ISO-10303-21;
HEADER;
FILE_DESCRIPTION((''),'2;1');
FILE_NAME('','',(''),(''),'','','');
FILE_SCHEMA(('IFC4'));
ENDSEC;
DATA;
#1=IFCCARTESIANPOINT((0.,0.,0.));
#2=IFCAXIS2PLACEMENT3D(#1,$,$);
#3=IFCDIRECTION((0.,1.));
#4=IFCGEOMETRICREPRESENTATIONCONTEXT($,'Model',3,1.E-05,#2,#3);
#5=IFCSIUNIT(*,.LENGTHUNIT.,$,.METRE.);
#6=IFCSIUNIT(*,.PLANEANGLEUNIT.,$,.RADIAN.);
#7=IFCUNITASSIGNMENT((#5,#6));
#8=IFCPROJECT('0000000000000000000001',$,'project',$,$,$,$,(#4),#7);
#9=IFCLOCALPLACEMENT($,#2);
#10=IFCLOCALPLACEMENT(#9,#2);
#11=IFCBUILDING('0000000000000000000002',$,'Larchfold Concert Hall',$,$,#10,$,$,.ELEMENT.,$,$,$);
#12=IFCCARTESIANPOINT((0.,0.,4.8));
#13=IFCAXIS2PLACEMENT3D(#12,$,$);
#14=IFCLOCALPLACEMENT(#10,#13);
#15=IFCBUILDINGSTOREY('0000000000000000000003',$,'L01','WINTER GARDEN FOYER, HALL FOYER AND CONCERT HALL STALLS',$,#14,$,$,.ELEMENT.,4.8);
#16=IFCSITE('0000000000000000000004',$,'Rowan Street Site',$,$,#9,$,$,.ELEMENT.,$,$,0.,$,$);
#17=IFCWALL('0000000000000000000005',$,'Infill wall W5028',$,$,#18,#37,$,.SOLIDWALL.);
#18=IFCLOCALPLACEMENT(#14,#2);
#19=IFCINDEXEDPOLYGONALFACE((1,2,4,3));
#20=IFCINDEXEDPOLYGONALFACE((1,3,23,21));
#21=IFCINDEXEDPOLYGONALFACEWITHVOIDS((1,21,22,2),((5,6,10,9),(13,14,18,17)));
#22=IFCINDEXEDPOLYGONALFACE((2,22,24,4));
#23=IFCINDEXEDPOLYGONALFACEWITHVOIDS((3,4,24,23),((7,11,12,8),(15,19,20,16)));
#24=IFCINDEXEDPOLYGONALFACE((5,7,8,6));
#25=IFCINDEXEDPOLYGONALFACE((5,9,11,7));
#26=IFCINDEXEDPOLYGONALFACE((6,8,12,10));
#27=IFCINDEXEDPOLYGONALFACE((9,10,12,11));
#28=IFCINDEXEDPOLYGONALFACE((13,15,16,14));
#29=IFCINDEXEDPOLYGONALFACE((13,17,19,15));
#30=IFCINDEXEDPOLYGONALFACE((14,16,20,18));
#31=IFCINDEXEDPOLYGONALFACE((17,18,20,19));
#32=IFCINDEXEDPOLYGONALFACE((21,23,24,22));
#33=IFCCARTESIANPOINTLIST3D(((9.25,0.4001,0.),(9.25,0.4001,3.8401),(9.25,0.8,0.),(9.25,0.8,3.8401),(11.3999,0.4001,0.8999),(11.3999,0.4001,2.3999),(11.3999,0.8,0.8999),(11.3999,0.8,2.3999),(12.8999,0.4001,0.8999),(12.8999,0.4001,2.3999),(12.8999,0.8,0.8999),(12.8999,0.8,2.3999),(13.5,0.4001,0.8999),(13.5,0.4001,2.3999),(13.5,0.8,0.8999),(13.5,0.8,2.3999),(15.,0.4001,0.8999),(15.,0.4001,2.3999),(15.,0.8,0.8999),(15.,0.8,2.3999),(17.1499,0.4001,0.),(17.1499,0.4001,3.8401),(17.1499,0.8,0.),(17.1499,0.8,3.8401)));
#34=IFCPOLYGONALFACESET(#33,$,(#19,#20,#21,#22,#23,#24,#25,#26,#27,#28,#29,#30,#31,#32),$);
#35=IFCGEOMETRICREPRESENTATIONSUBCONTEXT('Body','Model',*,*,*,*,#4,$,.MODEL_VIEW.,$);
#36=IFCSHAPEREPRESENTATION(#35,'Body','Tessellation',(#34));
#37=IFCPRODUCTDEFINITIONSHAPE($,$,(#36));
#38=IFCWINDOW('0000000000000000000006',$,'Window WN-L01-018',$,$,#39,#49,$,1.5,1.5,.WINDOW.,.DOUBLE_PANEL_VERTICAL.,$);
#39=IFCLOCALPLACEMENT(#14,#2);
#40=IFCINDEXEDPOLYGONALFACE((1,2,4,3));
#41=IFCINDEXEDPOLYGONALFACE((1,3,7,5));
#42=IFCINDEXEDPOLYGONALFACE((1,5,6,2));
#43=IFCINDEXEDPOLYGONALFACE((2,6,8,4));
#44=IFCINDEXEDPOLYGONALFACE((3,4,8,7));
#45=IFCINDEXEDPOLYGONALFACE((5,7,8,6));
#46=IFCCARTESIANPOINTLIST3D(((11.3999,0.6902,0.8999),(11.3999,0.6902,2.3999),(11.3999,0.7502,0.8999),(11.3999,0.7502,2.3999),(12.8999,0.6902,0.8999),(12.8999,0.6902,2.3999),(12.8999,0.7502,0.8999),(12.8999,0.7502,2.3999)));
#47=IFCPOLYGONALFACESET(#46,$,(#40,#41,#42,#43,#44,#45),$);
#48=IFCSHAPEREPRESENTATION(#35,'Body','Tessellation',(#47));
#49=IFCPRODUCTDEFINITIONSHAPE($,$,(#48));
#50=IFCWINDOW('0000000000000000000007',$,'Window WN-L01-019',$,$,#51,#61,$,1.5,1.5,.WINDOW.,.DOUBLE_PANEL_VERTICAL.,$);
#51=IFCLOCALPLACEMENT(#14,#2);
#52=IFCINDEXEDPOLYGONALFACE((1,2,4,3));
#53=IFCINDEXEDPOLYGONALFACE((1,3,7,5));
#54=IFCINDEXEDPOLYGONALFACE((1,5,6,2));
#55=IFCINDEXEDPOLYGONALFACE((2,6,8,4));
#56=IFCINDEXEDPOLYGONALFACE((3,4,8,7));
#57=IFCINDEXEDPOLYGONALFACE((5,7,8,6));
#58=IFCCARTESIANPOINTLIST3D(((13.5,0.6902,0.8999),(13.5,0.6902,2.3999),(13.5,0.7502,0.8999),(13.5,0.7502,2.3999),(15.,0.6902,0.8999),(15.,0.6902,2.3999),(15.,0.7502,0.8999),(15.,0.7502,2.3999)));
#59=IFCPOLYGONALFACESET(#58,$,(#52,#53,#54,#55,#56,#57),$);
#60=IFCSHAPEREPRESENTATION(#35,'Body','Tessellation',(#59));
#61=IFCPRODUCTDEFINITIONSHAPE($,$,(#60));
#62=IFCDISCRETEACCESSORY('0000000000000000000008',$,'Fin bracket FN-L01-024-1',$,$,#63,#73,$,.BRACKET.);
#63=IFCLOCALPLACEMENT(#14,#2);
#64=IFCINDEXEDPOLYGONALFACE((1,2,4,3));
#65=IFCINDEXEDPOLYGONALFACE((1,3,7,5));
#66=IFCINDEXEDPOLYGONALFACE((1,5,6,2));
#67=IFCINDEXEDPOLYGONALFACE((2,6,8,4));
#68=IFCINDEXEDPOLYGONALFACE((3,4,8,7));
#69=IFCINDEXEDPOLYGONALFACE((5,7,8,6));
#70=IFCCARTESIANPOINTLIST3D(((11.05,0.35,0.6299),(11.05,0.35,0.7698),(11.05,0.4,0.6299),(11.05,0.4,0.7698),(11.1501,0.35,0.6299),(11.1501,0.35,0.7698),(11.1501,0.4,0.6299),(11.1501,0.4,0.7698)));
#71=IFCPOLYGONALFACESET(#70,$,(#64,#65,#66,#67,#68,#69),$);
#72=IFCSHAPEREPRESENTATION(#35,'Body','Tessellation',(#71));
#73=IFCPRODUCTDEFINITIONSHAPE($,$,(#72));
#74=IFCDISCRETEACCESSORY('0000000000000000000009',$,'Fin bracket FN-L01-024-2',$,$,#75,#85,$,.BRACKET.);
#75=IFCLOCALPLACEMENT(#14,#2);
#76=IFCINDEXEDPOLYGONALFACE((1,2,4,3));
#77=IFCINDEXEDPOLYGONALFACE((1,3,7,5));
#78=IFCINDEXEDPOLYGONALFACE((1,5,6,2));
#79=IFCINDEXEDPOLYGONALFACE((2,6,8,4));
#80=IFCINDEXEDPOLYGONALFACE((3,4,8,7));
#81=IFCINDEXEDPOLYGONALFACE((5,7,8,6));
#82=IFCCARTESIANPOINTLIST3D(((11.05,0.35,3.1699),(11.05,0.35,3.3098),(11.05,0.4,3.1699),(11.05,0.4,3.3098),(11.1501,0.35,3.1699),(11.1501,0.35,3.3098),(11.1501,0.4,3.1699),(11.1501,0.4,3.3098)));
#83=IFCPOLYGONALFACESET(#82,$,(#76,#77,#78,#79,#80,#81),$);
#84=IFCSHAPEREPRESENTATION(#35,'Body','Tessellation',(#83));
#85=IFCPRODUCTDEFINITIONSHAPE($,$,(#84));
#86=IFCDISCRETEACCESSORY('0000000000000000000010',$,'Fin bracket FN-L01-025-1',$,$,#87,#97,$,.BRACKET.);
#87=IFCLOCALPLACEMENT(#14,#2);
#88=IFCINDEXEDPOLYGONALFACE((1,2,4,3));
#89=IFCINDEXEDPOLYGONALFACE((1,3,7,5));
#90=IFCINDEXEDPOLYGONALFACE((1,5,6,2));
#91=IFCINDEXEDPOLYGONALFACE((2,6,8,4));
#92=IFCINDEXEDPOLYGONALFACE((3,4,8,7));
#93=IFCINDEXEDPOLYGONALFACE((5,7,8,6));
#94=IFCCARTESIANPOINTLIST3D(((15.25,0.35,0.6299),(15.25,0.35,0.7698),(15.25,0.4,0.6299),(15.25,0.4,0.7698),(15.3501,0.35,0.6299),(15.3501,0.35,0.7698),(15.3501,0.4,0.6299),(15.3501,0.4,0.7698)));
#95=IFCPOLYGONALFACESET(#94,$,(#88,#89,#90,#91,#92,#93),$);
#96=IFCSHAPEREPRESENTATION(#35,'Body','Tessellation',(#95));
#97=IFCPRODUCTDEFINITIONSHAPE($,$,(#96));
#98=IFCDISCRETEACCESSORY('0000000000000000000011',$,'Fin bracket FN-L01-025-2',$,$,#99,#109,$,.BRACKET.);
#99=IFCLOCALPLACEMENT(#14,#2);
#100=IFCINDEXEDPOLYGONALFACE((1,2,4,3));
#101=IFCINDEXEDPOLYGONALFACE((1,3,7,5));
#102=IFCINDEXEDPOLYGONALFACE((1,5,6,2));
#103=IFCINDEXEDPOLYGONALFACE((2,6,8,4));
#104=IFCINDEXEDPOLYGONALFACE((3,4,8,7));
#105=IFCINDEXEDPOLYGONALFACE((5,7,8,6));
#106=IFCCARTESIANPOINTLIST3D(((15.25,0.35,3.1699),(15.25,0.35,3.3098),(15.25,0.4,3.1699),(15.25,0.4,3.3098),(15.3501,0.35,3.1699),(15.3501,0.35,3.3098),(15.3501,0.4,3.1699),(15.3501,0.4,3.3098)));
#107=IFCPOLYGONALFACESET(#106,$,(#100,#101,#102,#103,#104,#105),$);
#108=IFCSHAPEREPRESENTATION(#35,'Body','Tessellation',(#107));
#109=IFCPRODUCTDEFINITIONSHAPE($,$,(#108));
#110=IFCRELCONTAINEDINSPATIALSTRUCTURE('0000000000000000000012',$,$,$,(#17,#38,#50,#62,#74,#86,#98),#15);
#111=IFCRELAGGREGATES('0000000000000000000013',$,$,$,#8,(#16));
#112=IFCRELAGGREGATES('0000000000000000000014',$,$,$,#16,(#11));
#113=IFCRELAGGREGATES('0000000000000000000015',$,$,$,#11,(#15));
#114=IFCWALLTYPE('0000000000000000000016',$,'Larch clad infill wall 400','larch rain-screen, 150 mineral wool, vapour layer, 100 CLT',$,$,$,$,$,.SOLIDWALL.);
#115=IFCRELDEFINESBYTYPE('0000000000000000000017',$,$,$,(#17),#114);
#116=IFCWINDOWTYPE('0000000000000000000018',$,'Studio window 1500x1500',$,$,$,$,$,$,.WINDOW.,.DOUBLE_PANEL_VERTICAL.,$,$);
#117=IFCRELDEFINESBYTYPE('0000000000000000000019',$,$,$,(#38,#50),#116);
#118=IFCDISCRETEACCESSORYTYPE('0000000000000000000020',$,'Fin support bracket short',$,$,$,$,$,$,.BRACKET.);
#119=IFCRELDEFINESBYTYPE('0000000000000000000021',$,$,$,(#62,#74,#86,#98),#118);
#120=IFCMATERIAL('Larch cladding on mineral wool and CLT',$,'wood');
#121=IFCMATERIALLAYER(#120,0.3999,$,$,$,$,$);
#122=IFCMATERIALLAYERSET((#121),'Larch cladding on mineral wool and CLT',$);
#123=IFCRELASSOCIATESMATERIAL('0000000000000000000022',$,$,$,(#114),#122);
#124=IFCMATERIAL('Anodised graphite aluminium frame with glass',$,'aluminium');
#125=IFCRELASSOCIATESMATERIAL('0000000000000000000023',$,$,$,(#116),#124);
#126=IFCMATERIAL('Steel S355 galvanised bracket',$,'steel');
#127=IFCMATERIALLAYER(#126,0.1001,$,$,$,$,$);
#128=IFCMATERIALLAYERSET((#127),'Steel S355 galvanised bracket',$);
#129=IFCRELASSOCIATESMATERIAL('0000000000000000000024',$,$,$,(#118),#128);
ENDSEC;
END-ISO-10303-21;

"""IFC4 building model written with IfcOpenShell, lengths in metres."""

from ifc_helpers import new_model, si_unit, direction, frame, frame_2d, origin, origin_2d, place, context, subcontext, project, spatial, rectangle, extrude, material, layer, layer_set, type_object, element, fill, save


model = new_model("IFC4")

# Units and contexts
model_context = context("Model", 3, precision=1e-05, world=origin(), true_north=direction((0.0, 1.0)))
body_context = subcontext(model_context, "Body", "Model", "MODEL_VIEW")
ifc_project = project(units=[si_unit("LENGTHUNIT", "METRE"), si_unit("PLANEANGLEUNIT", "RADIAN")], contexts=[model_context])

# Site, building, storey
site_placement = place(None, origin())
site = spatial("IfcSite", under=ifc_project, at=site_placement, Name="Rowan Street Site", CompositionType="ELEMENT", RefElevation=0.0)
building_placement = place(site_placement, origin())
building = spatial("IfcBuilding", under=site, at=building_placement, Name="Larchfold Concert Hall", CompositionType="ELEMENT")
storey_placement = place(building_placement, frame((0.0, 0.0, 4.8)))
storey = spatial("IfcBuildingStorey", under=building, at=storey_placement, Name="L01", Description="WINTER GARDEN FOYER, HALL FOYER AND CONCERT HALL STALLS", CompositionType="ELEMENT", Elevation=4.8)

# Wall, openings, windows
ifc_material_1 = material(Name="Larch cladding on mineral wool and CLT", Category="wood")
ifc_layer_1 = layer(ifc_material_1, 0.3999)
ifc_layer_set_1 = layer_set([ifc_layer_1], Name="Larch cladding on mineral wool and CLT")
wall_type_1 = type_object("IfcWallType", Name="Larch clad infill wall 400", Description="larch rain-screen, 150 mineral wool, vapour layer, 100 CLT", PredefinedType="SOLIDWALL", material=ifc_layer_set_1)
wall_1_placement = place(storey_placement, frame((9.25, 0.6001, 0.0), z_axis=(0.0, 0.0, 1.0), x_axis=(1.0, 0.0, 0.0)))
wall_1 = element("IfcWall", 1, at=wall_1_placement, inside=storey, type_object=wall_type_1, Name="Infill wall W5028", PredefinedType="SOLIDWALL", context=body_context, shape_type="SweptSolid", body=[
    extrude(rectangle(XDim=7.8999, YDim=0.3999, at=frame_2d((3.95, 0.0))), origin(), (0.0, 0.0, 1.0), 3.8401),
])
opening_1_placement = place(wall_1_placement, frame((2.1499, 0.0, 0.8999)))
opening_1 = element("IfcOpeningElement", 2, at=opening_1_placement, cuts=wall_1, PredefinedType="OPENING", context=body_context, shape_type="SweptSolid", body=[
    extrude(rectangle(XDim=1.5, YDim=1.5, at=frame_2d((0.75, 0.75))), frame((0.0, 0.21, 0.0), z_axis=(0.0, -1.0, 0.0), x_axis=(1.0, 0.0, 0.0)), (0.0, 0.0, 1.0), 0.4199),
])
opening_2_placement = place(wall_1_placement, frame((4.25, 0.0, 0.8999)))
opening_2 = element("IfcOpeningElement", 3, at=opening_2_placement, cuts=wall_1, PredefinedType="OPENING", context=body_context, shape_type="SweptSolid", body=[
    extrude(rectangle(XDim=1.5, YDim=1.5, at=frame_2d((0.75, 0.75))), frame((0.0, 0.21, 0.0), z_axis=(0.0, -1.0, 0.0), x_axis=(1.0, 0.0, 0.0)), (0.0, 0.0, 1.0), 0.4199),
])
ifc_material_2 = material(Name="Anodised graphite aluminium frame with glass", Category="aluminium")
window_type = type_object("IfcWindowType", Name="Studio window 1500x1500", PartitioningType="DOUBLE_PANEL_VERTICAL", PredefinedType="WINDOW", material=ifc_material_2)
window_1_placement = place(opening_1_placement, origin())
window_1 = element("IfcWindow", 4, at=window_1_placement, inside=storey, type_object=window_type, Name="Window WN-L01-018", OverallHeight=1.5, OverallWidth=1.5, PartitioningType="DOUBLE_PANEL_VERTICAL", PredefinedType="WINDOW", context=body_context, shape_type="SweptSolid", body=[
    extrude(rectangle(XDim=1.5, YDim=1.5, at=frame_2d((0.75, 0.75))), frame((0.0, 0.1501, 0.0), z_axis=(0.0, -1.0, 0.0), x_axis=(1.0, 0.0, 0.0)), (0.0, 0.0, 1.0), 0.0601),
])
fill(opening_1, window_1)
window_2_placement = place(opening_2_placement, origin())
window_2 = element("IfcWindow", 5, at=window_2_placement, inside=storey, type_object=window_type, Name="Window WN-L01-019", OverallHeight=1.5, OverallWidth=1.5, PartitioningType="DOUBLE_PANEL_VERTICAL", PredefinedType="WINDOW", context=body_context, shape_type="SweptSolid", body=[
    extrude(rectangle(XDim=1.5, YDim=1.5, at=frame_2d((0.75, 0.75))), frame((0.0, 0.1501, 0.0), z_axis=(0.0, -1.0, 0.0), x_axis=(1.0, 0.0, 0.0)), (0.0, 0.0, 1.0), 0.0601),
])
fill(opening_2, window_2)

# Discrete accessories
ifc_material_3 = material(Name="Steel S355 galvanised bracket", Category="steel")
ifc_layer_2 = layer(ifc_material_3, 0.1001)
ifc_layer_set_2 = layer_set([ifc_layer_2], Name="Steel S355 galvanised bracket")
discrete_accessory_type = type_object("IfcDiscreteAccessoryType", Name="Fin support bracket short", PredefinedType="BRACKET", material=ifc_layer_set_2)
for number, where, z_axis, x_axis, name in (
    (6, (11.1001, 0.375, 0.6299), (0.0, 0.0, 1.0), (0.0, -1.0, 0.0), "Fin bracket FN-L01-024-1"),
    (7, (11.1001, 0.375, 3.1699), (0.0, 0.0, 1.0), (0.0, -1.0, 0.0), "Fin bracket FN-L01-024-2"),
    (8, (15.3, 0.375, 0.6299), (0.0, 0.0, 1.0), (0.0, -1.0, 0.0), "Fin bracket FN-L01-025-1"),
    (9, (15.3, 0.375, 3.1699), (0.0, 0.0, 1.0), (0.0, -1.0, 0.0), "Fin bracket FN-L01-025-2"),
):
    element("IfcDiscreteAccessory", number, at=place(storey_placement, frame(where, z_axis=z_axis, x_axis=x_axis)), inside=storey, type_object=discrete_accessory_type, Name=name, PredefinedType="BRACKET", context=body_context, shape_type="SweptSolid", body=[
        extrude(rectangle(XDim=0.05, YDim=0.1001, at=origin_2d()), origin(), (0.0, 0.0, 1.0), 0.1399),
    ])

save(model, "model.ifc")
